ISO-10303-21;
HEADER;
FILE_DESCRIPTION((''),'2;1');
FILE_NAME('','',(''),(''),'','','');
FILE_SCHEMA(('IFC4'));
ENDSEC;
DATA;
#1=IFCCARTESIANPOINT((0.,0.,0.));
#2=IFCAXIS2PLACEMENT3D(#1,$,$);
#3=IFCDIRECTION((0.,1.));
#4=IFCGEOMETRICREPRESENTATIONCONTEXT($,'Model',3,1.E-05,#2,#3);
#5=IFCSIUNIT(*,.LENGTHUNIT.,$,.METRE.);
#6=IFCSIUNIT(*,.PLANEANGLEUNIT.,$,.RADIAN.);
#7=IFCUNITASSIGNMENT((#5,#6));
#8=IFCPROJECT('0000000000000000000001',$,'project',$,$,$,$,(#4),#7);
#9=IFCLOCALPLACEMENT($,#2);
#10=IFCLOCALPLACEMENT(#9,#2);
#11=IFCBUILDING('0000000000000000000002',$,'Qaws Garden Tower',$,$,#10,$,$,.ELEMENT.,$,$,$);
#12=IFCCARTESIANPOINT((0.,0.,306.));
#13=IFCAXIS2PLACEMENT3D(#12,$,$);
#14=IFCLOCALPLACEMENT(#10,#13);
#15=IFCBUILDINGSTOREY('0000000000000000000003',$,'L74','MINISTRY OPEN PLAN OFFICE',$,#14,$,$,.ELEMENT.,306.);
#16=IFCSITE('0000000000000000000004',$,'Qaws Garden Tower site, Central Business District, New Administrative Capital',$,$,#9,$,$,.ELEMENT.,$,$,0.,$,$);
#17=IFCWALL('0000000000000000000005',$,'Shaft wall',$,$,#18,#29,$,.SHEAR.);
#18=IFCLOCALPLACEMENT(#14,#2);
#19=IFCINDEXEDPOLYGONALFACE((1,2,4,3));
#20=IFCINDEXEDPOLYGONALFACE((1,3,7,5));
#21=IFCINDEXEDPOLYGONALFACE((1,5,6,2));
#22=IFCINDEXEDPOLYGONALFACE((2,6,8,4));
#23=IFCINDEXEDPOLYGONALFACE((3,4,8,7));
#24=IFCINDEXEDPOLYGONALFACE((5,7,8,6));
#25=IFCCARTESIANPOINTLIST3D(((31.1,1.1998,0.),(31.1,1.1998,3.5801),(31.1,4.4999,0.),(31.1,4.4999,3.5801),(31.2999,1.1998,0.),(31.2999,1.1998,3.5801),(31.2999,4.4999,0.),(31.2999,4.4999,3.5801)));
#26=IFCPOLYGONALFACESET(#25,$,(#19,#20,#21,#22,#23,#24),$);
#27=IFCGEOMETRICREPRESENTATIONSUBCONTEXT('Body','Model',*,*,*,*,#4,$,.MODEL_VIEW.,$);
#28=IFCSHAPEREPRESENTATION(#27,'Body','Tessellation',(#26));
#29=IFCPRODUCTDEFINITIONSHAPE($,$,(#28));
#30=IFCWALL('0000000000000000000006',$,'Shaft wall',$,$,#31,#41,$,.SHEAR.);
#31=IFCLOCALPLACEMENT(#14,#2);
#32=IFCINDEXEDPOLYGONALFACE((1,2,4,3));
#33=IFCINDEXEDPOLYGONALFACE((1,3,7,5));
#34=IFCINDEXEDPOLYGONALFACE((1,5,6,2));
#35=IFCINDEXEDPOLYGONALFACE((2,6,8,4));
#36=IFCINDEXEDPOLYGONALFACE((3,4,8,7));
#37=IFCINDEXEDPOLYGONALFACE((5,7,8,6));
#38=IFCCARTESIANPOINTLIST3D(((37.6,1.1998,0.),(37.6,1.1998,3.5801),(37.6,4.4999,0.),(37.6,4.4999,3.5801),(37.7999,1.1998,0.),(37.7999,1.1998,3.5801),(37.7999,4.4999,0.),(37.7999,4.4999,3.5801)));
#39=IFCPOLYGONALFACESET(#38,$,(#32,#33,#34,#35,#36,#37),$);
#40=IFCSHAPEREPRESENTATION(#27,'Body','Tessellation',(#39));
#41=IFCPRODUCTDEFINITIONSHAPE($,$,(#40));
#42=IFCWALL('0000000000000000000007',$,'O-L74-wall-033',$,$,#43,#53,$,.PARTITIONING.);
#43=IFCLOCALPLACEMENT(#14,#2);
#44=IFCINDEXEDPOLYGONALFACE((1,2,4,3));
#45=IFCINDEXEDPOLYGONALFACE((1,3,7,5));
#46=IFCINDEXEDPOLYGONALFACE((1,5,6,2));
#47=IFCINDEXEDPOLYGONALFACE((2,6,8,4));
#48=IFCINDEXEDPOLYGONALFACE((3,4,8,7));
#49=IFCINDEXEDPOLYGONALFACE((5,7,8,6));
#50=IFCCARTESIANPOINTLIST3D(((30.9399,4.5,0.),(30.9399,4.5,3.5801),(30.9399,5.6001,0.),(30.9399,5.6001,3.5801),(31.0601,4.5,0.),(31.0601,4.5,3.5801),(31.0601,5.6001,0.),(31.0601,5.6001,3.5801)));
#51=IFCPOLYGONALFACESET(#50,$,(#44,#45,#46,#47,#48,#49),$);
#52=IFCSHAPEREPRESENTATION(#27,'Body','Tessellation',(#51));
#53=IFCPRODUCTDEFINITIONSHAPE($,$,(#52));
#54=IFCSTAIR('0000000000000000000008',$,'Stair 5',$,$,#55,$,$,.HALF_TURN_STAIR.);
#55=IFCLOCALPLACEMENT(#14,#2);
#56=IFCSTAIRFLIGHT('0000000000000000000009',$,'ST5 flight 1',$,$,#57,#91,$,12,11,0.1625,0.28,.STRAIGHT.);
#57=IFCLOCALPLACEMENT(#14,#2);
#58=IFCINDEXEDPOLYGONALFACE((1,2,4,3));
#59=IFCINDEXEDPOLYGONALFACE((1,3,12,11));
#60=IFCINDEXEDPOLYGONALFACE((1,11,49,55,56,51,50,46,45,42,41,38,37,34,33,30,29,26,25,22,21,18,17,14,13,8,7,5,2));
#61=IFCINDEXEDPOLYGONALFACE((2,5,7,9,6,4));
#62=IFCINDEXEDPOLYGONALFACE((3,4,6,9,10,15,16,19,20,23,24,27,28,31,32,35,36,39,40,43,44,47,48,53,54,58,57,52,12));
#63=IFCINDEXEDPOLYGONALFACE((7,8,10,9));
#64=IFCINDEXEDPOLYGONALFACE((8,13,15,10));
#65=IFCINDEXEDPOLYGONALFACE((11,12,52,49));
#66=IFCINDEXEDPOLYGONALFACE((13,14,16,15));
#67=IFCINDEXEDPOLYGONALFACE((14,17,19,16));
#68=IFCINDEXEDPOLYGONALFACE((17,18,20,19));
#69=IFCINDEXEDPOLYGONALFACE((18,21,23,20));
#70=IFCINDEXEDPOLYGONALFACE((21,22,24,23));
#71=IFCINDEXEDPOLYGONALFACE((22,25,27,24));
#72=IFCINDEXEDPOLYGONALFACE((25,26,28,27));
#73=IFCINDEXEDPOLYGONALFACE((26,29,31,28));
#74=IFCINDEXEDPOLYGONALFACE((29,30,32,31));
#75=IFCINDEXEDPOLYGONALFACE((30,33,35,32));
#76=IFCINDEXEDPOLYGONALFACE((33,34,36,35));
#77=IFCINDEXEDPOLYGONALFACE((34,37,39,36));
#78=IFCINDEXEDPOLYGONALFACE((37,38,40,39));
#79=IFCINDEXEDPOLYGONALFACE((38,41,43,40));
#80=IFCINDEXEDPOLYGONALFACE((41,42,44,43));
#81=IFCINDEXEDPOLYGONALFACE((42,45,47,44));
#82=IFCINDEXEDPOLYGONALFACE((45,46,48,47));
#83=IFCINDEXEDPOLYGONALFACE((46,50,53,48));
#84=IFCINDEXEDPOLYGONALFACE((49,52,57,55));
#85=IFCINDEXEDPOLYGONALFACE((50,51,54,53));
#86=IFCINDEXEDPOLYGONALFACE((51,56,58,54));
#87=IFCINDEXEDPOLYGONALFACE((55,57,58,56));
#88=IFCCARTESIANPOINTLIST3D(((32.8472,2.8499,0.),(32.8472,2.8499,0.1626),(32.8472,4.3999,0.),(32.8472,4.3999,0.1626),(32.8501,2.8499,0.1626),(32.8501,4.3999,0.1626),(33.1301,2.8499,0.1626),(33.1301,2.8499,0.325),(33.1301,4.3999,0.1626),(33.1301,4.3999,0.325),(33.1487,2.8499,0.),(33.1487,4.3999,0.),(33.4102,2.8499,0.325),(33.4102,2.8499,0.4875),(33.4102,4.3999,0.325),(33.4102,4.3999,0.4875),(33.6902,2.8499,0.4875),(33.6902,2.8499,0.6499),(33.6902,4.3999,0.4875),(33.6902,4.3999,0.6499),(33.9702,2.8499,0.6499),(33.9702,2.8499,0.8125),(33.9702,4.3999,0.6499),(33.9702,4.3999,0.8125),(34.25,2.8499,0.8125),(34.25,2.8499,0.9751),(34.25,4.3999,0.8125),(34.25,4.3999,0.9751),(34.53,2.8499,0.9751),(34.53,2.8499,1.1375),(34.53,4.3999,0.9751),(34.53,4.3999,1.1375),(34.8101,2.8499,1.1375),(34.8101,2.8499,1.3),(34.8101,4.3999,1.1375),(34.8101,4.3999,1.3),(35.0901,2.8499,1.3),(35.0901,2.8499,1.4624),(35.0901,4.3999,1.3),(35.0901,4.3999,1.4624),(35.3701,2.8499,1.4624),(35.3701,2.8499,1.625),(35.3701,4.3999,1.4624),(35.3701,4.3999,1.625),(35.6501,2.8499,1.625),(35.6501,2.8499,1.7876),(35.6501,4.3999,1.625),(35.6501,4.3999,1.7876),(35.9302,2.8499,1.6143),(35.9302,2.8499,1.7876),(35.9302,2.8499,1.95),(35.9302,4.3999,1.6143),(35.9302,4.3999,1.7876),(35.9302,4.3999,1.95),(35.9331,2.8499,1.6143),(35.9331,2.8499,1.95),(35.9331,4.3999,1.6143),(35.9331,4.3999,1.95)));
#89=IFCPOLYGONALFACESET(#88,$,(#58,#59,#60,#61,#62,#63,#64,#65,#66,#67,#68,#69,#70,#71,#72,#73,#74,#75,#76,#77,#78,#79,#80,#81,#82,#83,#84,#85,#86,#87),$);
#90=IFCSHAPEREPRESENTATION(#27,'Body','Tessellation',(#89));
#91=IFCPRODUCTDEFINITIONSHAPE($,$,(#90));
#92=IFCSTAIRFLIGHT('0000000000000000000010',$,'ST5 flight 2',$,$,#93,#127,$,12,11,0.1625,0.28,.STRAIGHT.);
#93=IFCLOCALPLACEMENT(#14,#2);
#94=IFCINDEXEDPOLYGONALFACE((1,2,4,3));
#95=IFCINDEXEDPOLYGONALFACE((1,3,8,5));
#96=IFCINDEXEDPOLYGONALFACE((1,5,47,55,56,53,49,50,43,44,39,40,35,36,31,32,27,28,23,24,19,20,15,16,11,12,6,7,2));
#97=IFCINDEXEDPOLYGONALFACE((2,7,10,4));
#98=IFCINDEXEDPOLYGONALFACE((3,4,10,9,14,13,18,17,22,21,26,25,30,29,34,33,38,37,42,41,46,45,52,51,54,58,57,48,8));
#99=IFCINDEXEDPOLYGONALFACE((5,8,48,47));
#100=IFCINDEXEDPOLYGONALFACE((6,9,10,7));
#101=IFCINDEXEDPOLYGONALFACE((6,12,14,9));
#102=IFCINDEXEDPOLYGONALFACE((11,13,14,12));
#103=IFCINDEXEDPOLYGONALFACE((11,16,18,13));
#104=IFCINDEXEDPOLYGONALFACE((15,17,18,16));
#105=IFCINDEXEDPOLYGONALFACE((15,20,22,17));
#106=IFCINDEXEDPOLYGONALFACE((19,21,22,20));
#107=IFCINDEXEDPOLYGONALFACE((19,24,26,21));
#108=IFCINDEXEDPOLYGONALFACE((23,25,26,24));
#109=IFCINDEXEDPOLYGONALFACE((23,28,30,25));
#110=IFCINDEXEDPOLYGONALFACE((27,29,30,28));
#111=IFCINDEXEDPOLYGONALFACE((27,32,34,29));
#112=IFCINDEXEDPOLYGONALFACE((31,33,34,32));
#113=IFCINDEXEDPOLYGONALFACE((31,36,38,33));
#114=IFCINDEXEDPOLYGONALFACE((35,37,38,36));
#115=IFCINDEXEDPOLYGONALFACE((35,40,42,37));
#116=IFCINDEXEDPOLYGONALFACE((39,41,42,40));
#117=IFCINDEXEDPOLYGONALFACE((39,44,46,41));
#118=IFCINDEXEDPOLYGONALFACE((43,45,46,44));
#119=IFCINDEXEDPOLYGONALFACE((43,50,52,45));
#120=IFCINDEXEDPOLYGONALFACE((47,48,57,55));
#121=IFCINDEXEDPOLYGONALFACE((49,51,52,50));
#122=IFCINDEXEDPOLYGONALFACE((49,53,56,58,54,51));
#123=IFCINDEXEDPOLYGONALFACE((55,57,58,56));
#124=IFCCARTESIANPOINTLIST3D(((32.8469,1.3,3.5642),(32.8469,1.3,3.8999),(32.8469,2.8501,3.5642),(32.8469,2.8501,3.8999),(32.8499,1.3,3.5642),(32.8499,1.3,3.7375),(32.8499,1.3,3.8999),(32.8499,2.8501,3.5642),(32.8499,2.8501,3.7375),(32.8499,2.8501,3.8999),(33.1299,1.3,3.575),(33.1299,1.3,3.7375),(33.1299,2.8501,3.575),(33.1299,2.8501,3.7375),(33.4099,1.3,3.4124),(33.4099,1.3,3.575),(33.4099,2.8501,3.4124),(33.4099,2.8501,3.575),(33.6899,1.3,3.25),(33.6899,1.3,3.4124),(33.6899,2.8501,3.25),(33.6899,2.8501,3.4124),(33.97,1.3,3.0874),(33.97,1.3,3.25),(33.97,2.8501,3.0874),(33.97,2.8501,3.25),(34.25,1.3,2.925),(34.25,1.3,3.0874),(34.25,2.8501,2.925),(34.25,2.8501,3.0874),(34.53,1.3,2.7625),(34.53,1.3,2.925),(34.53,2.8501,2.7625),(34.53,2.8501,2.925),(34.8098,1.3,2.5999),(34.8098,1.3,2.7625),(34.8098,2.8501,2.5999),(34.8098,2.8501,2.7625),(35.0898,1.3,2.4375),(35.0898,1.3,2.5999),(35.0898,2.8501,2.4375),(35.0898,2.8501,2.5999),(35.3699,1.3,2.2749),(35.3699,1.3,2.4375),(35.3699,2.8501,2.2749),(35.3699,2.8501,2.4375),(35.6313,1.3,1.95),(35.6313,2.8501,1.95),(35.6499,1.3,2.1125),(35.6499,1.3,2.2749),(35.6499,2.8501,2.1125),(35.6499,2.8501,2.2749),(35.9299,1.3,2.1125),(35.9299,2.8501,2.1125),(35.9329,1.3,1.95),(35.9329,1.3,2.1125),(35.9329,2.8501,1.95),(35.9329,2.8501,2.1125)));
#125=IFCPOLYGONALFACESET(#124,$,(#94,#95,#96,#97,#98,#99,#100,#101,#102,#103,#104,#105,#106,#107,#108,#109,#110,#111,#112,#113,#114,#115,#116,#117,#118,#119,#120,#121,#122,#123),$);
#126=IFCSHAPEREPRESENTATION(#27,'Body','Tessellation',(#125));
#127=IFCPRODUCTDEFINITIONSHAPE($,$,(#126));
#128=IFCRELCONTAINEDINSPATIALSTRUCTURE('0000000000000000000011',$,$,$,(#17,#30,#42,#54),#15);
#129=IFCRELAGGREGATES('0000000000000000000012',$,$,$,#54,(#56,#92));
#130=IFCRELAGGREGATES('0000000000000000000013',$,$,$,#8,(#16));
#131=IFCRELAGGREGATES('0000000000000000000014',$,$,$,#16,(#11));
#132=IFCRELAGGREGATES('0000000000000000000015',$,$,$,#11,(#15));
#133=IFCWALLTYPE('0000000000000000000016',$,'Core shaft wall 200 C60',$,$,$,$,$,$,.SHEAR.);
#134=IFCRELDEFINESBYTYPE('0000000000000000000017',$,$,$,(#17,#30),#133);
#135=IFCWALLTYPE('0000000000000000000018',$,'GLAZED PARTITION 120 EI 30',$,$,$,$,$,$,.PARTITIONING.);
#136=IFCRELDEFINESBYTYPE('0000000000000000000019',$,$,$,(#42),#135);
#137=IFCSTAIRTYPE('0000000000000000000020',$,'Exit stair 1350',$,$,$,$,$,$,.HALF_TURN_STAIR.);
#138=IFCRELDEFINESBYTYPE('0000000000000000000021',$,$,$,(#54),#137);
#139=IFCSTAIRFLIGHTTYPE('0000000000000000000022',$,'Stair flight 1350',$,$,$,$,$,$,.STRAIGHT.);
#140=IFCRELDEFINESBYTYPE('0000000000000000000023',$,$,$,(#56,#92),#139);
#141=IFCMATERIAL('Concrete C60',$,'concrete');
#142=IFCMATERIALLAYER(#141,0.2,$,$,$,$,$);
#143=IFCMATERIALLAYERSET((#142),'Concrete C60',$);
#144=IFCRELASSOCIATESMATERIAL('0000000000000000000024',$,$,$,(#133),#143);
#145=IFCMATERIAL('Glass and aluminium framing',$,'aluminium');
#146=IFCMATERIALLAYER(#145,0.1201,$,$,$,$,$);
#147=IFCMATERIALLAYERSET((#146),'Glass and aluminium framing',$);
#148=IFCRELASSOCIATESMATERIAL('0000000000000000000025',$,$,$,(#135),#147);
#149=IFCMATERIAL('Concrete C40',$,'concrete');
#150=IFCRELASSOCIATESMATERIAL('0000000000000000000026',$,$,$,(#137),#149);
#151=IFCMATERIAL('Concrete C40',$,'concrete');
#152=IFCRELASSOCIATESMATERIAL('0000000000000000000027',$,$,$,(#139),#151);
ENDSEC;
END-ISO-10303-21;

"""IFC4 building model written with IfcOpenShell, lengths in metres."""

from ifc_helpers import new_model, si_unit, direction, frame, frame_2d, origin, place, context, subcontext, project, spatial, polyline, rectangle, outline, extrude, material, layer, layer_set, type_object, element, aggregate, save


model = new_model("IFC4")

# Units and contexts
model_context = context("Model", 3, precision=1e-05, world=origin(), true_north=direction((0.0, 1.0)))
body_context = subcontext(model_context, "Body", "Model", "MODEL_VIEW")
ifc_project = project(units=[si_unit("LENGTHUNIT", "METRE"), si_unit("PLANEANGLEUNIT", "RADIAN")], contexts=[model_context])

# Site, building, storey
site_placement = place(None, origin())
site = spatial("IfcSite", under=ifc_project, at=site_placement, Name="Qaws Garden Tower site, Central Business District, New Administrative Capital", CompositionType="ELEMENT", RefElevation=0.0)
building_placement = place(site_placement, origin())
building = spatial("IfcBuilding", under=site, at=building_placement, Name="Qaws Garden Tower", CompositionType="ELEMENT")
storey_placement = place(building_placement, frame((0.0, 0.0, 306.0)))
storey = spatial("IfcBuildingStorey", under=building, at=storey_placement, Name="L74", Description="MINISTRY OPEN PLAN OFFICE", CompositionType="ELEMENT", Elevation=306.0)

# Shared definitions
ifc_material_1 = material(Name="Concrete C60", Category="concrete")
ifc_layer_1 = layer(ifc_material_1, 0.2)
ifc_layer_set_1 = layer_set([ifc_layer_1], Name="Concrete C60")
wall_type_1 = type_object("IfcWallType", Name="Core shaft wall 200 C60", PredefinedType="SHEAR", material=ifc_layer_set_1)

# Walls
for number, where, z_axis, x_axis, name in (
    (1, (31.2, 1.2, 0.0), (0.0, 0.0, 1.0), (0.0, 1.0, 0.0), "Shaft wall"),
    (2, (37.7, 1.2, 0.0), (0.0, 0.0, 1.0), (0.0, 1.0, 0.0), "Shaft wall"),
):
    element("IfcWall", number, at=place(storey_placement, frame(where, z_axis=z_axis, x_axis=x_axis)), inside=storey, type_object=wall_type_1, Name=name, PredefinedType="SHEAR", context=body_context, shape_type="SweptSolid", body=[
        extrude(rectangle(XDim=3.3, YDim=0.2, at=frame_2d((1.6499, 0.0))), origin(), (0.0, 0.0, 1.0), 3.5801),
    ])
ifc_material_2 = material(Name="Glass and aluminium framing", Category="aluminium")
ifc_layer_2 = layer(ifc_material_2, 0.1201)
ifc_layer_set_2 = layer_set([ifc_layer_2], Name="Glass and aluminium framing")
wall_type_2 = type_object("IfcWallType", Name="GLAZED PARTITION 120 EI 30", PredefinedType="PARTITIONING", material=ifc_layer_set_2)
wall_1_placement = place(storey_placement, frame((31.0, 4.5, 0.0), z_axis=(0.0, 0.0, 1.0), x_axis=(0.0, 1.0, 0.0)))
element("IfcWall", 3, at=wall_1_placement, inside=storey, type_object=wall_type_2, Name="O-L74-wall-033", PredefinedType="PARTITIONING", context=body_context, shape_type="SweptSolid", body=[
    extrude(rectangle(XDim=1.1001, YDim=0.1201, at=frame_2d((0.55, 0.0))), origin(), (0.0, 0.0, 1.0), 3.5801),
])

# Stair, stair flights
ifc_material_3 = material(Name="Concrete C40", Category="concrete")
stair_type = type_object("IfcStairType", Name="Exit stair 1350", PredefinedType="HALF_TURN_STAIR", material=ifc_material_3)
stair_placement = place(storey_placement, origin())
stair = element("IfcStair", 4, at=stair_placement, inside=storey, type_object=stair_type, Name="Stair 5", PredefinedType="HALF_TURN_STAIR")
ifc_material_4 = material(Name="Concrete C40", Category="concrete")
stair_flight_type = type_object("IfcStairFlightType", Name="Stair flight 1350", PredefinedType="STRAIGHT", material=ifc_material_4)
stair_flight_1_placement = place(storey_placement, frame((32.8501, 3.625, 0.0), z_axis=(0.0, 0.0, 1.0), x_axis=(1.0, 0.0, 0.0)))
stair_flight_1 = element("IfcStairFlight", 5, at=stair_flight_1_placement, type_object=stair_flight_type, Name="ST5 flight 1", NumberOfRisers=12, NumberOfTreads=11, PredefinedType="STRAIGHT", RiserHeight=0.1625, TreadLength=0.28, context=body_context, shape_type="SweptSolid", body=[
    extrude(outline(polyline([(-0.0029, 0.0), (-0.0029, 0.1626), (0.0, 0.1626), (0.28, 0.1626), (0.28, 0.325), (0.5601, 0.325), (0.5601, 0.4875), (0.8401, 0.4875), (0.8401, 0.6499), (1.1201, 0.6499), (1.1201, 0.8125), (1.3999, 0.8125), (1.3999, 0.9751), (1.6799, 0.9751), (1.6799, 1.1375), (1.96, 1.1375), (1.96, 1.3), (2.24, 1.3), (2.24, 1.4624), (2.52, 1.4624), (2.52, 1.625), (2.8, 1.625), (2.8, 1.7876), (3.0801, 1.7876), (3.0801, 1.95), (3.083, 1.95), (3.083, 1.6143), (3.0801, 1.6143), (0.2986, 0.0), (-0.0029, 0.0)])), frame((0.0, 0.7749, 0.0), z_axis=(0.0, -1.0, 0.0), x_axis=(1.0, 0.0, 0.0)), (0.0, 0.0, 1.0), 1.55),
])
stair_flight_2_placement = place(storey_placement, frame((35.9299, 2.075, 1.95), z_axis=(0.0, 0.0, 1.0), x_axis=(-1.0, 0.0, 0.0)))
stair_flight_2 = element("IfcStairFlight", 6, at=stair_flight_2_placement, type_object=stair_flight_type, Name="ST5 flight 2", NumberOfRisers=12, NumberOfTreads=11, PredefinedType="STRAIGHT", RiserHeight=0.1625, TreadLength=0.28, context=body_context, shape_type="SweptSolid", body=[
    extrude(outline(polyline([(-0.0029, 0.0), (-0.0029, 0.1626), (0.0, 0.1626), (0.28, 0.1626), (0.28, 0.325), (0.5601, 0.325), (0.5601, 0.4875), (0.8401, 0.4875), (0.8401, 0.6499), (1.1201, 0.6499), (1.1201, 0.8125), (1.3999, 0.8125), (1.3999, 0.9751), (1.6799, 0.9751), (1.6799, 1.1375), (1.96, 1.1375), (1.96, 1.3), (2.24, 1.3), (2.24, 1.4624), (2.52, 1.4624), (2.52, 1.625), (2.8, 1.625), (2.8, 1.7876), (3.0801, 1.7876), (3.0801, 1.95), (3.083, 1.95), (3.083, 1.6143), (3.0801, 1.6143), (0.2986, 0.0), (-0.0029, 0.0)])), frame((0.0, 0.7749, 0.0), z_axis=(0.0, -1.0, 0.0), x_axis=(1.0, 0.0, 0.0)), (0.0, 0.0, 1.0), 1.55),
])
aggregate(stair, [stair_flight_1, stair_flight_2])

save(model, "model.ifc")
